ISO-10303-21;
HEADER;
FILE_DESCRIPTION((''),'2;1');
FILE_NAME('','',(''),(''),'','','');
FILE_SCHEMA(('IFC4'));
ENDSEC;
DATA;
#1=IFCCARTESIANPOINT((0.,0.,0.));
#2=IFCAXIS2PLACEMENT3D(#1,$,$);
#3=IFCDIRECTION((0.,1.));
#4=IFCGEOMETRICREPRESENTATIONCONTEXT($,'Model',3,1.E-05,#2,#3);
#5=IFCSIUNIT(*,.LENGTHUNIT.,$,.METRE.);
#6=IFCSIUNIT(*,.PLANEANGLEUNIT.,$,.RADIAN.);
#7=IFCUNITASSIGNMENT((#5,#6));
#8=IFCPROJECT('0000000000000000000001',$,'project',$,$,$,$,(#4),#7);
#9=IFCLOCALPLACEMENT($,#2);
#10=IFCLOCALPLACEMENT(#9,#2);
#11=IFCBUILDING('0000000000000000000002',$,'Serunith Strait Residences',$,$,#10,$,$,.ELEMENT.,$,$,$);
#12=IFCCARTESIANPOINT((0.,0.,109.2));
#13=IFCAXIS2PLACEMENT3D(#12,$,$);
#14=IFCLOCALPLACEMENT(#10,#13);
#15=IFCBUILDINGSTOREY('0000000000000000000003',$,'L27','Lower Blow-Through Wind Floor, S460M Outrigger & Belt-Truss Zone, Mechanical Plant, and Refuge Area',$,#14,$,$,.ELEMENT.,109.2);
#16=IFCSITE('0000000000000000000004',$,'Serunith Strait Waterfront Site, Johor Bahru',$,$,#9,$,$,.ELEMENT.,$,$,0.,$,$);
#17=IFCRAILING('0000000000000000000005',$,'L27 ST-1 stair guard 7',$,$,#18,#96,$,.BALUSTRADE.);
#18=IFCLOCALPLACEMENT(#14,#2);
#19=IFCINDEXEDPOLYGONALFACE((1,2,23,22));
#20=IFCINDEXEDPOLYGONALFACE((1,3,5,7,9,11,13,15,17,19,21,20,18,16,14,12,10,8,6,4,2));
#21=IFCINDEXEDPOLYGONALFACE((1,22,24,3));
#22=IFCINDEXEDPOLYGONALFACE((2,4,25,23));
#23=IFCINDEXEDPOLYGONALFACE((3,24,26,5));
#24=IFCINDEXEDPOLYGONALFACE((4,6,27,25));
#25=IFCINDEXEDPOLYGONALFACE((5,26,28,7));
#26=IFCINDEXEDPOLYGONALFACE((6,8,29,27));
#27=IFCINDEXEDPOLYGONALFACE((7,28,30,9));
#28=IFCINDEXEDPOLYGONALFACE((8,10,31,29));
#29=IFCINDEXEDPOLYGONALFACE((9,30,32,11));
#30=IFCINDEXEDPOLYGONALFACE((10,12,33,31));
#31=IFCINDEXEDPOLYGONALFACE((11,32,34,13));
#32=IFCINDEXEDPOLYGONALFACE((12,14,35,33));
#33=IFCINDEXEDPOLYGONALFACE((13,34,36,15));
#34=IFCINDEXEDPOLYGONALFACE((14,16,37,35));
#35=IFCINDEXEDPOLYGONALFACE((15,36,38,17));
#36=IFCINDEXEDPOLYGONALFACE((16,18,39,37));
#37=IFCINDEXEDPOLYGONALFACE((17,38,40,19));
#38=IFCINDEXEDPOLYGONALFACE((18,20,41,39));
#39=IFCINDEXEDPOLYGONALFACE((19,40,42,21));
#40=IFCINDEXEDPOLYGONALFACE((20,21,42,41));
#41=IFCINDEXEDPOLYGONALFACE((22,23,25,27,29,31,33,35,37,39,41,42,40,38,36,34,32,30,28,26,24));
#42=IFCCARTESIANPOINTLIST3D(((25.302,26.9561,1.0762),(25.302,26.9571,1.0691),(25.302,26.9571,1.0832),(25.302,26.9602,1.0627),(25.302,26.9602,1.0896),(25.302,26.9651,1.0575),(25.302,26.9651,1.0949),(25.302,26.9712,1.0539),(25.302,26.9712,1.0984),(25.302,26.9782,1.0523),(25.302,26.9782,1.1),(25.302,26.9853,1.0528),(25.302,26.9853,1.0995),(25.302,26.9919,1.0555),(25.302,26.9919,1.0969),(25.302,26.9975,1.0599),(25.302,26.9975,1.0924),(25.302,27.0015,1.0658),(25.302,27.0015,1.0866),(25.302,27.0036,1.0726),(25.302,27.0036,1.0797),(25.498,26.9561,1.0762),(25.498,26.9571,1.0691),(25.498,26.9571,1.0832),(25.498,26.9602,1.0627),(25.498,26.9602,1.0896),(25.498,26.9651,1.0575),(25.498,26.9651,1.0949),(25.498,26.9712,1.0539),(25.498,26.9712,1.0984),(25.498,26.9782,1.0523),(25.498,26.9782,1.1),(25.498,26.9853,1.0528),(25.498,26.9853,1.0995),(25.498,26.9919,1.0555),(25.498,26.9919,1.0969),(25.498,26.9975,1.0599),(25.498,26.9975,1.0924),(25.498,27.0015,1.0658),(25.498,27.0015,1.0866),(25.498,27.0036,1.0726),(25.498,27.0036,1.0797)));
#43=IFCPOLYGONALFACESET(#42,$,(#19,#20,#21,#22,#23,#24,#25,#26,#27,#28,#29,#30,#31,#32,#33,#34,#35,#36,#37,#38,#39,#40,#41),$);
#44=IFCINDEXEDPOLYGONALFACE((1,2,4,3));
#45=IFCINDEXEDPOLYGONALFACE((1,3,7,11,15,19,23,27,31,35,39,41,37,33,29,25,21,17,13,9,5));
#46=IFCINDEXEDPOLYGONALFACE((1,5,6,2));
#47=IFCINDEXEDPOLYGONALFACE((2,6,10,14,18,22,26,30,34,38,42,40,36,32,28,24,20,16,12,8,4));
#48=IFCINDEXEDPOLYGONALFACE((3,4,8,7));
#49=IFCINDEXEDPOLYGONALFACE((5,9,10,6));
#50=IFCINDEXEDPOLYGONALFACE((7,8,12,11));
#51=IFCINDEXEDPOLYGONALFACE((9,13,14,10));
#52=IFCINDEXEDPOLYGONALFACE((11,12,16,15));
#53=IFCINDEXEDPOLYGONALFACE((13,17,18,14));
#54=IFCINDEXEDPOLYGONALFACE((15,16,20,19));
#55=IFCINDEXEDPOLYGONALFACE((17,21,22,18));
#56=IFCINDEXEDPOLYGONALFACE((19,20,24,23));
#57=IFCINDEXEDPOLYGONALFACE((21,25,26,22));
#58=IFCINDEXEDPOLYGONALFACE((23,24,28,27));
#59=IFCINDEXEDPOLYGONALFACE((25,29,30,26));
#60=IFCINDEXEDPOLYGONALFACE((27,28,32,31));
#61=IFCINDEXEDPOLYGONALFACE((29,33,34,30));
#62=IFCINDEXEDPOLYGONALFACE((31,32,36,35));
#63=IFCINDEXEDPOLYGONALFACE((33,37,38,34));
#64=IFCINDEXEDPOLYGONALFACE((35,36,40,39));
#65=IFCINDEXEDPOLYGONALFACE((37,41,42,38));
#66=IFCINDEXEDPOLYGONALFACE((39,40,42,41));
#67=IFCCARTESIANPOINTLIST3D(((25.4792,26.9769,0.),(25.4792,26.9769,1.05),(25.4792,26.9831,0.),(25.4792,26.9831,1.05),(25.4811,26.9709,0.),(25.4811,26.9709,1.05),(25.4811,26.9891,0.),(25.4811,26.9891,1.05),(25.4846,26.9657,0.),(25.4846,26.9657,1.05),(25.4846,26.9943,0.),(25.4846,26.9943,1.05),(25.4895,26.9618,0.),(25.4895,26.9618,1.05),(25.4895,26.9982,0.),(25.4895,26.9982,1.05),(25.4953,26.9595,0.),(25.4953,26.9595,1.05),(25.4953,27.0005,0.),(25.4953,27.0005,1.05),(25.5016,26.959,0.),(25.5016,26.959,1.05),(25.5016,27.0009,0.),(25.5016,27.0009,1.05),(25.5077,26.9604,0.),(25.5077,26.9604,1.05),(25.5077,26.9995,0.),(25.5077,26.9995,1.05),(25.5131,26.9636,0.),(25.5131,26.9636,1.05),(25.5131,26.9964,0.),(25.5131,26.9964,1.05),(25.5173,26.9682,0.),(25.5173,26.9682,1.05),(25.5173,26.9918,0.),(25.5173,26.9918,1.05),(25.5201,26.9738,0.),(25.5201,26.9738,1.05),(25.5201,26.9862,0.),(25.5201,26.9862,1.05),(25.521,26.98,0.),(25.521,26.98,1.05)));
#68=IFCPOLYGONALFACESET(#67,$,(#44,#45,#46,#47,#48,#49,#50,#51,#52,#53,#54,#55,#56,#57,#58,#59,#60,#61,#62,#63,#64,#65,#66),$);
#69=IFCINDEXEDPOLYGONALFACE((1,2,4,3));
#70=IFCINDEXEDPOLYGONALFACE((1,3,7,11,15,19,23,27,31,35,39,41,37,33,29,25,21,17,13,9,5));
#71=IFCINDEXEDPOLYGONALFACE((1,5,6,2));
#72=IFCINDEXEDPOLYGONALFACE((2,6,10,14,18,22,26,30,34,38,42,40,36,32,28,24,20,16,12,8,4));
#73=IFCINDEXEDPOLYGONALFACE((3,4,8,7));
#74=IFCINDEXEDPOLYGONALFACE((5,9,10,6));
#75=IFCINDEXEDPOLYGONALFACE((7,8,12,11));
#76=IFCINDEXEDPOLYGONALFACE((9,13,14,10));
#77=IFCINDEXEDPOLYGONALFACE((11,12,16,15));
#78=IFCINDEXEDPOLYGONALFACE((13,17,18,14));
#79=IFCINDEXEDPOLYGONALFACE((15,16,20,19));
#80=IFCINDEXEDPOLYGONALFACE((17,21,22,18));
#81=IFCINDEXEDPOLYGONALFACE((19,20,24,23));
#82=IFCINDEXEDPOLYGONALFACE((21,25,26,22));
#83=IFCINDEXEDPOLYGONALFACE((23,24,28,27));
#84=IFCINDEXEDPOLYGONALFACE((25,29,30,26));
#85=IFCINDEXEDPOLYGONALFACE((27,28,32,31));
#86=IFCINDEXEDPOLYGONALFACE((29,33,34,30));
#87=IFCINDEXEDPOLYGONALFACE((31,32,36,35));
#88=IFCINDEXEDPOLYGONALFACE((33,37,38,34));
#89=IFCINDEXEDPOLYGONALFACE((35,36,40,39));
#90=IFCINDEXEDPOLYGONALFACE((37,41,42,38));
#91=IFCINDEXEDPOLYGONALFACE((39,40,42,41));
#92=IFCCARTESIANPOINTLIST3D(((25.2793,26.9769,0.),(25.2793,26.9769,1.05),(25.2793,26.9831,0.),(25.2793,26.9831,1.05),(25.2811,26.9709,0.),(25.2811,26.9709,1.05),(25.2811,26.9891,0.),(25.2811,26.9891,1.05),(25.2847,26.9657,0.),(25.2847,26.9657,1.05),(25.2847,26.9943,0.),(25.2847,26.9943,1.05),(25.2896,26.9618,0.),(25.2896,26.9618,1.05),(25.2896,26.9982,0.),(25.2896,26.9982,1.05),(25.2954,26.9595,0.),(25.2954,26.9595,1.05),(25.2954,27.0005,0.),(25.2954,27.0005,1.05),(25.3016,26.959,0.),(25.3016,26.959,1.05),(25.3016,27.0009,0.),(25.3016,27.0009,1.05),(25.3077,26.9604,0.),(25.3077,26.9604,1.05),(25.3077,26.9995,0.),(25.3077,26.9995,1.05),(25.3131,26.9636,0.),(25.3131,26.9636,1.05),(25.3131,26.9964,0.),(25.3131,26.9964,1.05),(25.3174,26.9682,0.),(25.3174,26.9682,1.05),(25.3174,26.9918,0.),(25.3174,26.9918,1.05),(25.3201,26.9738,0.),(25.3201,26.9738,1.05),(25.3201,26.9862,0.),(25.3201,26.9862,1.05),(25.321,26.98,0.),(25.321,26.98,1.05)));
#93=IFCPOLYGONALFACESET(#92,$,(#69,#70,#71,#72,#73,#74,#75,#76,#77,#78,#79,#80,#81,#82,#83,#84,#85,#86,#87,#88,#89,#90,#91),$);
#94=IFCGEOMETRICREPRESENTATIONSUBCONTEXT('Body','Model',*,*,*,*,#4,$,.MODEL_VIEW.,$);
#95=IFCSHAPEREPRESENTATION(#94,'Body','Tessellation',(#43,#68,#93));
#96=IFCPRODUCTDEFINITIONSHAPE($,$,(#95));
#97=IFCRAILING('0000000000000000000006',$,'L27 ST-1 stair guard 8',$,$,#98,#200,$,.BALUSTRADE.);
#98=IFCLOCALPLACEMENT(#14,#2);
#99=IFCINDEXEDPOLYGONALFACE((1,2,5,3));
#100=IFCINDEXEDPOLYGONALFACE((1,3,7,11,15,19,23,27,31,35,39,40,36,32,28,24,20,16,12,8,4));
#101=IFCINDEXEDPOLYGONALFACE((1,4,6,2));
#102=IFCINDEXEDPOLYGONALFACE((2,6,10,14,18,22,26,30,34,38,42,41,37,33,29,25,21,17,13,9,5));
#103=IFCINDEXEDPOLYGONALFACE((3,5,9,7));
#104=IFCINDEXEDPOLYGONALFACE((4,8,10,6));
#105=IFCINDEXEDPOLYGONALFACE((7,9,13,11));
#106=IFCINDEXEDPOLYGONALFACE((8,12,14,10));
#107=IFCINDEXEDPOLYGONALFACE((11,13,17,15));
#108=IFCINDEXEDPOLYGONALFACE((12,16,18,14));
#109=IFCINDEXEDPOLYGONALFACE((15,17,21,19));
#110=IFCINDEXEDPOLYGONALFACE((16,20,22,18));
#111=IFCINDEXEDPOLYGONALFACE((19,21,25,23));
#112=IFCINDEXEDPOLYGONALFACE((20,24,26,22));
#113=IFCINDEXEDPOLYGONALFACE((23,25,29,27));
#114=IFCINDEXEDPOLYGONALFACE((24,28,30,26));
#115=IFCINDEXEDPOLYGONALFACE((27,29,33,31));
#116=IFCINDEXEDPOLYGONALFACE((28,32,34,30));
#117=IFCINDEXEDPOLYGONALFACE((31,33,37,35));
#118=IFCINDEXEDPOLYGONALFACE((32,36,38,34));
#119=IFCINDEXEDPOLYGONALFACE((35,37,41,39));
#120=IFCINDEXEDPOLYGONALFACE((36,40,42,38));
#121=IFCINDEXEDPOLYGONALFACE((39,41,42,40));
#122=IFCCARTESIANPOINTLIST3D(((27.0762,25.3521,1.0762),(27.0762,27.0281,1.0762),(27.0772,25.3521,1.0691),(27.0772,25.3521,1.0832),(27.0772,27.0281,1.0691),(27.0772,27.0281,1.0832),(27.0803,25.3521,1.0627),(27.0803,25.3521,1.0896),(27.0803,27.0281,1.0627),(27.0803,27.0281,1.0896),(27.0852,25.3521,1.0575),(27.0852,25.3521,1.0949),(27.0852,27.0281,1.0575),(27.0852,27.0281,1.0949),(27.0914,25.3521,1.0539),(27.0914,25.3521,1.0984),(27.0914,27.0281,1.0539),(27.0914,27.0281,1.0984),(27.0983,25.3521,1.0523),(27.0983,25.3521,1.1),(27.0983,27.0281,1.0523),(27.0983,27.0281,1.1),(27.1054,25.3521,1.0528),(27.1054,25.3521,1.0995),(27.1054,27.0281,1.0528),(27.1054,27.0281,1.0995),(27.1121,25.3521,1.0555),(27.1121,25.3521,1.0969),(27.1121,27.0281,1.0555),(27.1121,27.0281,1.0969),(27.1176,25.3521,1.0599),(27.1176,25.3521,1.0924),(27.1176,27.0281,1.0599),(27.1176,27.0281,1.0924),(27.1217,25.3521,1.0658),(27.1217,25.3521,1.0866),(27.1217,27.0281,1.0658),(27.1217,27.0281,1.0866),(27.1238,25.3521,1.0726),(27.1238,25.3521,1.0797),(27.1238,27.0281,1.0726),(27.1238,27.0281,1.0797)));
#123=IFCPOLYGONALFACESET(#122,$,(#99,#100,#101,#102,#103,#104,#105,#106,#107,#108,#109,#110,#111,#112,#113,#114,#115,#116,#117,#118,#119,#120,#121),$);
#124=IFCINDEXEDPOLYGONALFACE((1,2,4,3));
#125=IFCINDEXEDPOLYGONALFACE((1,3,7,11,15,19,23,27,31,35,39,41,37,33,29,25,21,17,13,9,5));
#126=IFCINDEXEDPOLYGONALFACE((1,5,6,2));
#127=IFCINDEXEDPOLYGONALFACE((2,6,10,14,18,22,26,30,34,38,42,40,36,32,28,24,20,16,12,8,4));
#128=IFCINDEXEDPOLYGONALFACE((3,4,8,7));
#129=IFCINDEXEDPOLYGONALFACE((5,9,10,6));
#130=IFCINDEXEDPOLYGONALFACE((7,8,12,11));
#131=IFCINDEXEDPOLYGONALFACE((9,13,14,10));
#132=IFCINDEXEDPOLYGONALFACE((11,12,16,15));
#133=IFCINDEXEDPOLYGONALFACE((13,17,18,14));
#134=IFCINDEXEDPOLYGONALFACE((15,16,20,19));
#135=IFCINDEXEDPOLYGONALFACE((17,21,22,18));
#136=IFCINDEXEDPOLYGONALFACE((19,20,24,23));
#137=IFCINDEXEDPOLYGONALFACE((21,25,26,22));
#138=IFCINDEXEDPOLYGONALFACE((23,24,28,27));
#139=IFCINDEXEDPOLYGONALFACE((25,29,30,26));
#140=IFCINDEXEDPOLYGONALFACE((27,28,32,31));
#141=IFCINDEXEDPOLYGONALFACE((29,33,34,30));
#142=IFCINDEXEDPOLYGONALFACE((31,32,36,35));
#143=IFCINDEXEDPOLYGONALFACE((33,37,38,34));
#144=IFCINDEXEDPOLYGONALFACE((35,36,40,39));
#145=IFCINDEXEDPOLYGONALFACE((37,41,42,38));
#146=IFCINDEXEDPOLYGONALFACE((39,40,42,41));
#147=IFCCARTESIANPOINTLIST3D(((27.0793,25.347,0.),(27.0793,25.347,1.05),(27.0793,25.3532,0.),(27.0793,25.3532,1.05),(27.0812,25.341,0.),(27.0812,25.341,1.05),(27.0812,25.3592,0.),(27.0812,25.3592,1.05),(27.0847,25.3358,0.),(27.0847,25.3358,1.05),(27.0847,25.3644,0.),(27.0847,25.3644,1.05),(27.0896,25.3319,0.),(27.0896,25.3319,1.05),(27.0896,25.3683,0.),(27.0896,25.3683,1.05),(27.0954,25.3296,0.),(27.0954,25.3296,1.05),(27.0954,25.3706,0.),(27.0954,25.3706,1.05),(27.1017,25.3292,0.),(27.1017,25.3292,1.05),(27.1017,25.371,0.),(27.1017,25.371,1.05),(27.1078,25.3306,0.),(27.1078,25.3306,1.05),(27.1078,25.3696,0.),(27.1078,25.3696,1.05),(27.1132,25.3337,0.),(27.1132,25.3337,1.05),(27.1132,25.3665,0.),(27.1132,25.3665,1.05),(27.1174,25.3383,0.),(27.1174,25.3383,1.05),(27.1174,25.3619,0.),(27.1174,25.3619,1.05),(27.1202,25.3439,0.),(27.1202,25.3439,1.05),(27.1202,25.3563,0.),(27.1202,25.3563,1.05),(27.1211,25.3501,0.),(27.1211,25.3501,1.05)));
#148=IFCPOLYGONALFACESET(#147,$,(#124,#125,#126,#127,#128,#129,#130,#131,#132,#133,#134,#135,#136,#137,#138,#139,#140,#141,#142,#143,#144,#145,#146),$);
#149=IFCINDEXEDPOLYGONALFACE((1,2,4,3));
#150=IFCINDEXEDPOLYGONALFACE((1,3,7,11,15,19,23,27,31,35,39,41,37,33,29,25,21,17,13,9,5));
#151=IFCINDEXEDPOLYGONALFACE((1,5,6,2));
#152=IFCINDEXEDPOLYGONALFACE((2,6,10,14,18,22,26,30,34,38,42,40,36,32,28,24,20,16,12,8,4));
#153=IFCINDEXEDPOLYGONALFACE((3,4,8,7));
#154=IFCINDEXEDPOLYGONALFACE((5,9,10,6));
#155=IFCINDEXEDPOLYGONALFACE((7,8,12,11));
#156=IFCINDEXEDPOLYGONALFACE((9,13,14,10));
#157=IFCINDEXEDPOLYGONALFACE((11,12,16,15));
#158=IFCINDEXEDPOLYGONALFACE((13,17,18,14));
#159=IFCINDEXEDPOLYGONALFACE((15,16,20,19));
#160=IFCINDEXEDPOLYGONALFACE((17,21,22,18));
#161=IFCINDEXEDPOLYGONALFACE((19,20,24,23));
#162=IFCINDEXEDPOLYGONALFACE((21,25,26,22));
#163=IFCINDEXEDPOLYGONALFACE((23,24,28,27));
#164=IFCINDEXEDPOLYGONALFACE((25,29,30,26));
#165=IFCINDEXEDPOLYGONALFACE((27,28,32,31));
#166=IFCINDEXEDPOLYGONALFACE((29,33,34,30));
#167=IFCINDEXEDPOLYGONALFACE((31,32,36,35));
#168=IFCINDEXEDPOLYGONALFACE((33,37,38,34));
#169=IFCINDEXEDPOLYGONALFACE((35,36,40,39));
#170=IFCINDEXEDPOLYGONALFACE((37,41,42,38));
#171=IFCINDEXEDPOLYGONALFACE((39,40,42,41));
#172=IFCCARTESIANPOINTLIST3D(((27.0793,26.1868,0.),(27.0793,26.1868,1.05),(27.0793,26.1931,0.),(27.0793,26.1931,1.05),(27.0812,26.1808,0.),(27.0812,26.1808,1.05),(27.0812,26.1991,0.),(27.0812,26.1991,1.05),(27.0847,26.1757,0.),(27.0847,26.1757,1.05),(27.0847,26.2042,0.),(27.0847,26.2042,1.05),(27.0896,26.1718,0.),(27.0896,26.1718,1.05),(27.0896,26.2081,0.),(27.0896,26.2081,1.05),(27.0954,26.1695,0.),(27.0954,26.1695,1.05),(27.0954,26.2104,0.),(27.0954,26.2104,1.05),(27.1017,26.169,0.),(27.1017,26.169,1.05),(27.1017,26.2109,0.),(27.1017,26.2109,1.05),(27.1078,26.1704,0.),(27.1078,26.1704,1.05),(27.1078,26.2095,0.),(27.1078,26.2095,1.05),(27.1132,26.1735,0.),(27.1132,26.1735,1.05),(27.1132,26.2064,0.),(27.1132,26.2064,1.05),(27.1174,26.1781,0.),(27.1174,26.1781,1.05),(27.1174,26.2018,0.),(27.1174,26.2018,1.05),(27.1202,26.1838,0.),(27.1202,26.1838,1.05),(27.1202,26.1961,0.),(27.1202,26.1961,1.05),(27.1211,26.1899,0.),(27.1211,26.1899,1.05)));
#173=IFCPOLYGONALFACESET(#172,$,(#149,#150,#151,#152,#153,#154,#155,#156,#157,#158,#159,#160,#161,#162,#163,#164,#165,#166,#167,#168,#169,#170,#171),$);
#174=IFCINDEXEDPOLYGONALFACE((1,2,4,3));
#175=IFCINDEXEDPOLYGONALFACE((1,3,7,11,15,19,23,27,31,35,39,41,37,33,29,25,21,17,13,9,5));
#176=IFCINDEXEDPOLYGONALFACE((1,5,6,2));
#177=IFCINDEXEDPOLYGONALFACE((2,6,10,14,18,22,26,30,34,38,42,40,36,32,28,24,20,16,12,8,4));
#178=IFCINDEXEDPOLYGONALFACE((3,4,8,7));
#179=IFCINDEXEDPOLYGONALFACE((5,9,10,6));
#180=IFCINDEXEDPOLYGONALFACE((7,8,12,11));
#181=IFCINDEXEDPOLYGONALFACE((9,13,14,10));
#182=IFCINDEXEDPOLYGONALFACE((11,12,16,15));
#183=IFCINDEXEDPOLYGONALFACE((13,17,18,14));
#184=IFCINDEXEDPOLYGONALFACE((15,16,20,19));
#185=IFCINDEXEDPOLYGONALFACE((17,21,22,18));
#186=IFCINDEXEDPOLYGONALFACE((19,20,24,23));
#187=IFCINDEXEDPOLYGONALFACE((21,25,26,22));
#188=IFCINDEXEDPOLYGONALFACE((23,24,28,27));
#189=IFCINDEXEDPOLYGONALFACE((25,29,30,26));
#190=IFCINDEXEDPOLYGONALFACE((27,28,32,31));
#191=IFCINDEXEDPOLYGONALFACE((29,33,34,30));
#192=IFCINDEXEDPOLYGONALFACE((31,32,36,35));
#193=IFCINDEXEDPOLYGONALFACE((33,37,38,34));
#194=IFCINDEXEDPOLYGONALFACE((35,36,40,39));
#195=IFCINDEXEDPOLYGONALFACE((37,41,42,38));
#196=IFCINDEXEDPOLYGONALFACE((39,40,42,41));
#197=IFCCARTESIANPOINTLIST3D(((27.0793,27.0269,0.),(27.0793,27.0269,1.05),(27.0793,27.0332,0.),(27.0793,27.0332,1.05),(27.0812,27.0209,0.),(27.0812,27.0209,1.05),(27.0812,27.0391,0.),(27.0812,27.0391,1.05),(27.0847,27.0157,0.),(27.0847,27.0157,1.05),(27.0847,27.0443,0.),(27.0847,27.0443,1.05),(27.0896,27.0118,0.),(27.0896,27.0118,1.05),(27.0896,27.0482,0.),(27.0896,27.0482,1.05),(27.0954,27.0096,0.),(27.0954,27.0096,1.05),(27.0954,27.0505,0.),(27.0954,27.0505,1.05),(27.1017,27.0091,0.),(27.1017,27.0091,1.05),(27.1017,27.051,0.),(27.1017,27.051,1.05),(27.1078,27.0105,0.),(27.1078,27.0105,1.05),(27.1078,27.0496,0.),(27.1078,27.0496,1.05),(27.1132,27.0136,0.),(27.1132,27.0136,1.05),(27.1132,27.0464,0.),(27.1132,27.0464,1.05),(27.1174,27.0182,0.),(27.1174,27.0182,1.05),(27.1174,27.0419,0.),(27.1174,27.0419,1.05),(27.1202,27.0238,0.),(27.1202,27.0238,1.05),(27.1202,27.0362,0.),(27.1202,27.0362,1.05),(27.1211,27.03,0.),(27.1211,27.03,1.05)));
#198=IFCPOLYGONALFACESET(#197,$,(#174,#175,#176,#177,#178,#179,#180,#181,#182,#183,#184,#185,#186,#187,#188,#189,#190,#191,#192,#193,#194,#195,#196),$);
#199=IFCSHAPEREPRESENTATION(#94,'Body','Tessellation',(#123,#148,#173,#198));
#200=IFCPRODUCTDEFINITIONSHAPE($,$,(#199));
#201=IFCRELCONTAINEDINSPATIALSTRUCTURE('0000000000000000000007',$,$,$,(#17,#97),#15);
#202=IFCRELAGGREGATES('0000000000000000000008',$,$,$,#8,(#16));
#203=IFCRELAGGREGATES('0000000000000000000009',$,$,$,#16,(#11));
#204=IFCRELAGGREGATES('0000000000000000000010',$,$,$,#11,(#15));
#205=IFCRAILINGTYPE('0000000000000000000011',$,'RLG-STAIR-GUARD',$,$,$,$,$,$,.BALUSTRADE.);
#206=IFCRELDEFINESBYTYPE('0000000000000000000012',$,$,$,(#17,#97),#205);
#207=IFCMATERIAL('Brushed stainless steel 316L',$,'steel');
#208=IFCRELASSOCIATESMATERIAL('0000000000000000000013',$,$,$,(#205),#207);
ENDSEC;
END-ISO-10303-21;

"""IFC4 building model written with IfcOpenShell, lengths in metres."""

from ifc_helpers import new_model, si_unit, direction, frame, origin, origin_2d, place, context, subcontext, project, spatial, circle, extrude, material, type_object, element, save


model = new_model("IFC4")

# Units and contexts
model_context = context("Model", 3, precision=1e-05, world=origin(), true_north=direction((0.0, 1.0)))
body_context = subcontext(model_context, "Body", "Model", "MODEL_VIEW")
ifc_project = project(units=[si_unit("LENGTHUNIT", "METRE"), si_unit("PLANEANGLEUNIT", "RADIAN")], contexts=[model_context])

# Site, building, storey
site_placement = place(None, origin())
site = spatial("IfcSite", under=ifc_project, at=site_placement, Name="Serunith Strait Waterfront Site, Johor Bahru", CompositionType="ELEMENT", RefElevation=0.0)
building_placement = place(site_placement, origin())
building = spatial("IfcBuilding", under=site, at=building_placement, Name="Serunith Strait Residences", CompositionType="ELEMENT")
storey_placement = place(building_placement, frame((0.0, 0.0, 109.2)))
storey = spatial("IfcBuildingStorey", under=building, at=storey_placement, Name="L27", Description="Lower Blow-Through Wind Floor, S460M Outrigger & Belt-Truss Zone, Mechanical Plant, and Refuge Area", CompositionType="ELEMENT", Elevation=109.2)

# Railings
ifc_material_1 = material(Name="Brushed stainless steel 316L", Category="steel")
railing_type_1 = type_object("IfcRailingType", Name="RLG-STAIR-GUARD", PredefinedType="BALUSTRADE", material=ifc_material_1)
railing_1_placement = place(storey_placement, frame((25.5, 26.98, 0.0)))
element("IfcRailing", 1, at=railing_1_placement, inside=storey, type_object=railing_type_1, Name="L27 ST-1 stair guard 7", PredefinedType="BALUSTRADE", context=body_context, shape_type="SweptSolid", body=[
    extrude(circle(Radius=0.0239, at=origin_2d()), frame((-0.002, 0.0, 1.0762), z_axis=(-1.0, 0.0, 0.0), x_axis=(0.0, -1.0, 0.0)), (0.0, 0.0, 1.0), 0.196),
    extrude(circle(Radius=0.021, at=origin_2d()), origin(), (0.0, 0.0, 1.0), 1.05),
    extrude(circle(Radius=0.021, at=origin_2d()), frame((-0.2, 0.0, 0.0)), (0.0, 0.0, 1.0), 1.05),
])
for number, where, name in (
    (2, (27.1001, 25.3501, 0.0), "L27 ST-1 stair guard 8"),
):
    element("IfcRailing", number, at=place(storey_placement, frame(where)), inside=storey, type_object=railing_type_1, Name=name, PredefinedType="BALUSTRADE", context=body_context, shape_type="SweptSolid", body=[
        extrude(circle(Radius=0.0239, at=origin_2d()), frame((0.0, 0.002, 1.0762), z_axis=(0.0, 1.0, 0.0), x_axis=(-1.0, 0.0, 0.0)), (0.0, 0.0, 1.0), 1.676),
        extrude(circle(Radius=0.021, at=origin_2d()), origin(), (0.0, 0.0, 1.0), 1.05),
        extrude(circle(Radius=0.021, at=origin_2d()), frame((0.0, 0.8398, 0.0)), (0.0, 0.0, 1.0), 1.05),
        extrude(circle(Radius=0.021, at=origin_2d()), frame((0.0, 1.6799, 0.0)), (0.0, 0.0, 1.0), 1.05),
    ])

save(model, "model.ifc")
